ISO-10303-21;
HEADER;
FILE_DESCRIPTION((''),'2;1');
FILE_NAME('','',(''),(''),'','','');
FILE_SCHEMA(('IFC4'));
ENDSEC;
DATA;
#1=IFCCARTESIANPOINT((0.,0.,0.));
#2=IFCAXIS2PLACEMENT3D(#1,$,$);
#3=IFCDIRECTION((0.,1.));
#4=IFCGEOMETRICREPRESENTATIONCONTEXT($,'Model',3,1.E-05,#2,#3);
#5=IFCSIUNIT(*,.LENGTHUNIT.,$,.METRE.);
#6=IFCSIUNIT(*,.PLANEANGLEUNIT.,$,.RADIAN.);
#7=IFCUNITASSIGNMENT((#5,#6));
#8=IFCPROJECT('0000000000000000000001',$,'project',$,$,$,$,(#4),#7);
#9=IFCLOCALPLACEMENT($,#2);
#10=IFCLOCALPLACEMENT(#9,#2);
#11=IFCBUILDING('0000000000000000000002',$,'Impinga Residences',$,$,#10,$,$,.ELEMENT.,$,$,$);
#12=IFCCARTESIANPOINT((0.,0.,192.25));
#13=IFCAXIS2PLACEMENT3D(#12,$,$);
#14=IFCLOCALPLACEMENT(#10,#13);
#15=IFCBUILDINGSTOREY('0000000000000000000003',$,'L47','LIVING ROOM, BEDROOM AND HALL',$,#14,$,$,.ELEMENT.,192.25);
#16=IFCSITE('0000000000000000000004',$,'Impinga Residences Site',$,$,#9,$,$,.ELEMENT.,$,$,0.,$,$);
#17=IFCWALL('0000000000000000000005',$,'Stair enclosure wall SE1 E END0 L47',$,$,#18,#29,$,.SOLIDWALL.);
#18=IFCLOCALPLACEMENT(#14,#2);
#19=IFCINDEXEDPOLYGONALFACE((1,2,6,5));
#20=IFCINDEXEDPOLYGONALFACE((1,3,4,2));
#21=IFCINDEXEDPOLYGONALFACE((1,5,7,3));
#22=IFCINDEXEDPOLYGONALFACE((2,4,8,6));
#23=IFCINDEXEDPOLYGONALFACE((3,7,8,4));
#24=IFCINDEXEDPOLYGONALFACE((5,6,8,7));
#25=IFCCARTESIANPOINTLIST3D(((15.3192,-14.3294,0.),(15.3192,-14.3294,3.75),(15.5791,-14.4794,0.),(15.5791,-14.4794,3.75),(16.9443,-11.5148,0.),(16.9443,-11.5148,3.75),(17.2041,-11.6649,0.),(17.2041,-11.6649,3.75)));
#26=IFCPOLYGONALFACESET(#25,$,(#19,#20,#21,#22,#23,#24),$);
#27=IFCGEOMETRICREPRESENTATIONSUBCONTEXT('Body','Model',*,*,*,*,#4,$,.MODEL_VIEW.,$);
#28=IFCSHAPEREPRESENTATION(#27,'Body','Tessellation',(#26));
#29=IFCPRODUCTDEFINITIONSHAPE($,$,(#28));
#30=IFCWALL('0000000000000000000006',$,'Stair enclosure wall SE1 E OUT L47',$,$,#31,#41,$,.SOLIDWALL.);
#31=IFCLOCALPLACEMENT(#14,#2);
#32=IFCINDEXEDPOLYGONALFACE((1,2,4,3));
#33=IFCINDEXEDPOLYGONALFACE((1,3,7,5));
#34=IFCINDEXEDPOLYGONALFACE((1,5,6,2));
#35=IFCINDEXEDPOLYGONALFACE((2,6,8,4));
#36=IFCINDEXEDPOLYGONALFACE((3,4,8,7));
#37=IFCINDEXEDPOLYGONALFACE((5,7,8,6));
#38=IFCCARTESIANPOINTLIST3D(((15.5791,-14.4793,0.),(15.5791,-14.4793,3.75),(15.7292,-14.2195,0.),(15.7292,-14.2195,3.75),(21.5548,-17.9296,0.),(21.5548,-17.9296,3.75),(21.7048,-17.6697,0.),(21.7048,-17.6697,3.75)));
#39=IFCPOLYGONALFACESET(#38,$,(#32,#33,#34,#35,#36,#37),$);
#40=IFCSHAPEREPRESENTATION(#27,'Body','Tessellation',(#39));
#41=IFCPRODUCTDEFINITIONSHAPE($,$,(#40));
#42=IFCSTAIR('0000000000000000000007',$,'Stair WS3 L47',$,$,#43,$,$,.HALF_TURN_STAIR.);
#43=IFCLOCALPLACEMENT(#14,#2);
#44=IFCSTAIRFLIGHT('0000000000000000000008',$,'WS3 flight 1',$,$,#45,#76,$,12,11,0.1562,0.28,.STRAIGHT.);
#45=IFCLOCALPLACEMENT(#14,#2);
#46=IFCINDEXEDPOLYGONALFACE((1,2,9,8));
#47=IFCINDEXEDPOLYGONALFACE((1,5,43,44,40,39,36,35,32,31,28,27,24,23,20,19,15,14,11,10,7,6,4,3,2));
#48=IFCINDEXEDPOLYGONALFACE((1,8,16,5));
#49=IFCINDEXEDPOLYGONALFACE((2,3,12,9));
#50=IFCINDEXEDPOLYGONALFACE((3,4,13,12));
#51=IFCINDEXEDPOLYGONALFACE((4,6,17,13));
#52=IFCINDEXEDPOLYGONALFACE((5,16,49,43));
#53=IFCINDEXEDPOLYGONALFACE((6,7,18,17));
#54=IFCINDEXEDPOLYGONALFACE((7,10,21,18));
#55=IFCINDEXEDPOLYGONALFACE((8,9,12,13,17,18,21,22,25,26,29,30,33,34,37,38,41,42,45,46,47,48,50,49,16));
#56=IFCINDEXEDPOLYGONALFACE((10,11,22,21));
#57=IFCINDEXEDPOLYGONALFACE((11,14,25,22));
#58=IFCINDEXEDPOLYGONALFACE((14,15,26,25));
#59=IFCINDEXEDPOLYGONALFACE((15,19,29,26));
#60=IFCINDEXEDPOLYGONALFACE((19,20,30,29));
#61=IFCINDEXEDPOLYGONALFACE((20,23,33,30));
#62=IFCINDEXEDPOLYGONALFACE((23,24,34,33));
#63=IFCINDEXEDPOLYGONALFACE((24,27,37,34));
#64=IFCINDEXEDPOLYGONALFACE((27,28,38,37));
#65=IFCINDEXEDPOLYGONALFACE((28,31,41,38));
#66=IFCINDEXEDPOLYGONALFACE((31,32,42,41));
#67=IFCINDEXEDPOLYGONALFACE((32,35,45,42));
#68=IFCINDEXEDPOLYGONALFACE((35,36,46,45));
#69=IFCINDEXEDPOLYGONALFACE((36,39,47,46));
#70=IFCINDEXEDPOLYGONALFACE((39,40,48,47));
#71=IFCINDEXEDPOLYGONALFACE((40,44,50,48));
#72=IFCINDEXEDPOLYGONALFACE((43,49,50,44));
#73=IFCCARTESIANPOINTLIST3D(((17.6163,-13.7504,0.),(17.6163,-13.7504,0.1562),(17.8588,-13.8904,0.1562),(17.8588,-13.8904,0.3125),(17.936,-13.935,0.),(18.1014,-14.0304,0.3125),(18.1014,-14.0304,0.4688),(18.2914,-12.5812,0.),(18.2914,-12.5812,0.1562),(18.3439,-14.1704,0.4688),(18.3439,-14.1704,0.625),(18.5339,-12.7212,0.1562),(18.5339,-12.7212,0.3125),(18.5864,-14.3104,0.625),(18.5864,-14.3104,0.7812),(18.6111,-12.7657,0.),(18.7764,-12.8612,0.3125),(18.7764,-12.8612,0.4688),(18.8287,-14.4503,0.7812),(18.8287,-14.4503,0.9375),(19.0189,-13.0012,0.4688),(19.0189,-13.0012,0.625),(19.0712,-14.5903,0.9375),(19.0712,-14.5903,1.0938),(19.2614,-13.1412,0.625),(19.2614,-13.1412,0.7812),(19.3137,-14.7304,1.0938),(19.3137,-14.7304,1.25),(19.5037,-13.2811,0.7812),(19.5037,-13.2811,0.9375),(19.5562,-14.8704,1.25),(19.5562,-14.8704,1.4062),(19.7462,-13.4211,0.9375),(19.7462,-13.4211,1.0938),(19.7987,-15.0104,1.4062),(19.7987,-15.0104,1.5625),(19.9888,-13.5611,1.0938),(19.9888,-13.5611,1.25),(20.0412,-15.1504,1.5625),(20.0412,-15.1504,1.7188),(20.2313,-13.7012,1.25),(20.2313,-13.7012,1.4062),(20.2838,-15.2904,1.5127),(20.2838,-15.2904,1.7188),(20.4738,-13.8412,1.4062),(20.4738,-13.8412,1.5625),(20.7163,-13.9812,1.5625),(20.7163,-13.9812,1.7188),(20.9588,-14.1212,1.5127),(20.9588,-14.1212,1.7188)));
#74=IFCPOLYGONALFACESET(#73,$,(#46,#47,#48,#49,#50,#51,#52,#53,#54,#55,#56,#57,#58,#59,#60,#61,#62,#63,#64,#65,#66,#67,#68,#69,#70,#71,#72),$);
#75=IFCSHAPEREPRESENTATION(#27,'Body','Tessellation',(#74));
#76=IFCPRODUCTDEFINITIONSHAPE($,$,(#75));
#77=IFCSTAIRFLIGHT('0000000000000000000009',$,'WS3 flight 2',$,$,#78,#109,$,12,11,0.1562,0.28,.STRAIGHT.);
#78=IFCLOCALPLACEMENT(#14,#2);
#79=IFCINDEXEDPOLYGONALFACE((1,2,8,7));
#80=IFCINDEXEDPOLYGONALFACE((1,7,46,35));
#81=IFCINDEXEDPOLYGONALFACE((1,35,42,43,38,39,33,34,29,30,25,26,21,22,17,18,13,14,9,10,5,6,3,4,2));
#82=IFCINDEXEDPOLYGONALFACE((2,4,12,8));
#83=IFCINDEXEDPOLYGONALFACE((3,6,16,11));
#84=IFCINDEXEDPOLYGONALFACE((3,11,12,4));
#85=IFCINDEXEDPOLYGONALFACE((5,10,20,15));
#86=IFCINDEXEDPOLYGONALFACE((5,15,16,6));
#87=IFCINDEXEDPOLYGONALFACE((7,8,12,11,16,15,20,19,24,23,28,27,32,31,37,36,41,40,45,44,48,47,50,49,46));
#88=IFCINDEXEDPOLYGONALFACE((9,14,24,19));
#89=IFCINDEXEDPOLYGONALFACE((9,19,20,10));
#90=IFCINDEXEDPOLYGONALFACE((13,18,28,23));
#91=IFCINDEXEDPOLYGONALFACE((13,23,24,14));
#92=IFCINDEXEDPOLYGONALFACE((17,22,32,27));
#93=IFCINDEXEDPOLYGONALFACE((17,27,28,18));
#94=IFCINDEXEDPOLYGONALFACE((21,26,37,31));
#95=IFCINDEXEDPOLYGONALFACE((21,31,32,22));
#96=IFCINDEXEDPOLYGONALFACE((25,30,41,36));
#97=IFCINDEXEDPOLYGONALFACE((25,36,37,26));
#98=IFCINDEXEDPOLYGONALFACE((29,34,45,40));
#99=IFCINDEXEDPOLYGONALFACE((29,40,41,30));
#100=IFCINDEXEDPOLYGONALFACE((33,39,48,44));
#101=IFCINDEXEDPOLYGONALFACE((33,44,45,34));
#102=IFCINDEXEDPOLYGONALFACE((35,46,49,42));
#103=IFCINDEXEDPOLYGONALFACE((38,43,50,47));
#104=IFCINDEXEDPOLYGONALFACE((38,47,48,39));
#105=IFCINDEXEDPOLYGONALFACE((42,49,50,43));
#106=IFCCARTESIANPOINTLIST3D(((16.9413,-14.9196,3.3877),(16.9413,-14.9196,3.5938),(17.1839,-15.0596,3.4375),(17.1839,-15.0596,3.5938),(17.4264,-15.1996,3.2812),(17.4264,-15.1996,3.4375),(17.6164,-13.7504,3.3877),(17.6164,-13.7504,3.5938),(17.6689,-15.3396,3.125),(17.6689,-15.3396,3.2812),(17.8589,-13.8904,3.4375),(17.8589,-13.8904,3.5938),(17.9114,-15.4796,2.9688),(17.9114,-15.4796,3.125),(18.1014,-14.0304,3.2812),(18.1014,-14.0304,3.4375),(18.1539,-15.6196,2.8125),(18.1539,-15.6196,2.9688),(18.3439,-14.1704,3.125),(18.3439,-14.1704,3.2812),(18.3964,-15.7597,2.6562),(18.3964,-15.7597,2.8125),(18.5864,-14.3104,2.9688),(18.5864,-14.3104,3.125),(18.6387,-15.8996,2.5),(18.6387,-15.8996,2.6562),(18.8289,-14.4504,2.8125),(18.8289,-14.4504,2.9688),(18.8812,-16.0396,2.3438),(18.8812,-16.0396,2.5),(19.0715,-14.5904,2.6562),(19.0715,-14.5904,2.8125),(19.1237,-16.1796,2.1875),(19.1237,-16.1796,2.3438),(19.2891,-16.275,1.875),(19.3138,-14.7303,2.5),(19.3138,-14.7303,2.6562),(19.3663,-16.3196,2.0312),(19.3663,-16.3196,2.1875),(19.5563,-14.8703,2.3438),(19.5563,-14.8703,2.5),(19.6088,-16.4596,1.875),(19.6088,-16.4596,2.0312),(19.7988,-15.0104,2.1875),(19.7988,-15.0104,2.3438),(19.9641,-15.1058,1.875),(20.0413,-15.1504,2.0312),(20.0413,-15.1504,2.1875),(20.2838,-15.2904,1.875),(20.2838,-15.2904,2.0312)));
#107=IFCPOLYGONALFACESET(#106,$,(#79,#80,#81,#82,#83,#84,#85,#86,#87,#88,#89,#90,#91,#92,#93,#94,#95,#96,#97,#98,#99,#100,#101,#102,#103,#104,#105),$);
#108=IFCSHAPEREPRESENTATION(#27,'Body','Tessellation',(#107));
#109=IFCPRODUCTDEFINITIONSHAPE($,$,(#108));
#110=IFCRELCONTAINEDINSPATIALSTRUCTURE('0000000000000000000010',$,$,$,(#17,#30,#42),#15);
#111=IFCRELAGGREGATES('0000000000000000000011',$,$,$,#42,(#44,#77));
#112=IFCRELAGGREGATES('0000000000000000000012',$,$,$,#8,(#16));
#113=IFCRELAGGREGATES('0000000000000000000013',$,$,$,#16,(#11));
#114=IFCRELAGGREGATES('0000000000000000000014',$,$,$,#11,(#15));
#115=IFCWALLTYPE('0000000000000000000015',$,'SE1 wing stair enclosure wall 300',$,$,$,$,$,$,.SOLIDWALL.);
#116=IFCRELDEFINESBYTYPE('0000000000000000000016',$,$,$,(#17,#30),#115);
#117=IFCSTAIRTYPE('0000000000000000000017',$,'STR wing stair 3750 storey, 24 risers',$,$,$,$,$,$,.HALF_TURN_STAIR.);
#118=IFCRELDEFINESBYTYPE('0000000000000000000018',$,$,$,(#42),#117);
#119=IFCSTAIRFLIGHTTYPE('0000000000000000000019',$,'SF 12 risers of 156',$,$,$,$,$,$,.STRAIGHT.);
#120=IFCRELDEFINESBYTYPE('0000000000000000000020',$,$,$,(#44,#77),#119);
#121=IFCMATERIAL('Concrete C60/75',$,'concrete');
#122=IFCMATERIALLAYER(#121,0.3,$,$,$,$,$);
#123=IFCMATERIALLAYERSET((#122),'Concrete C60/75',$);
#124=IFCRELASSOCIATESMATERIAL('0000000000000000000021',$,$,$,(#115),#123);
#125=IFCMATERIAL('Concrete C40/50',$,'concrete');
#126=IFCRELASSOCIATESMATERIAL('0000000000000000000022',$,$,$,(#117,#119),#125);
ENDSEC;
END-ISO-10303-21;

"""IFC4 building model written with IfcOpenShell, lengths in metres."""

from ifc_helpers import new_model, si_unit, direction, frame, frame_2d, origin, place, context, subcontext, project, spatial, polyline, rectangle, outline, extrude, material, layer, layer_set, type_object, element, aggregate, save


model = new_model("IFC4")

# Units and contexts
model_context = context("Model", 3, precision=1e-05, world=origin(), true_north=direction((0.0, 1.0)))
body_context = subcontext(model_context, "Body", "Model", "MODEL_VIEW")
ifc_project = project(units=[si_unit("LENGTHUNIT", "METRE"), si_unit("PLANEANGLEUNIT", "RADIAN")], contexts=[model_context])

# Site, building, storey
site_placement = place(None, origin())
site = spatial("IfcSite", under=ifc_project, at=site_placement, Name="Impinga Residences Site", CompositionType="ELEMENT", RefElevation=0.0)
building_placement = place(site_placement, origin())
building = spatial("IfcBuilding", under=site, at=building_placement, Name="Impinga Residences", CompositionType="ELEMENT")
storey_placement = place(building_placement, frame((0.0, 0.0, 192.25)))
storey = spatial("IfcBuildingStorey", under=building, at=storey_placement, Name="L47", Description="LIVING ROOM, BEDROOM AND HALL", CompositionType="ELEMENT", Elevation=192.25)

# Shared definitions
ifc_material_1 = material(Name="Concrete C60/75", Category="concrete")

# Walls
ifc_layer_1 = layer(ifc_material_1, 0.3)
ifc_layer_set_1 = layer_set([ifc_layer_1], Name="Concrete C60/75")
wall_type_1 = type_object("IfcWallType", Name="SE1 wing stair enclosure wall 300", PredefinedType="SOLIDWALL", material=ifc_layer_set_1)
wall_1_placement = place(storey_placement, frame((17.0742, -11.5898, 0.0), z_axis=(0.0, 0.0, 1.0), x_axis=(-0.500017, -0.866015, 0.0)))
element("IfcWall", 1, at=wall_1_placement, inside=storey, type_object=wall_type_1, Name="Stair enclosure wall SE1 E END0 L47", PredefinedType="SOLIDWALL", context=body_context, shape_type="SweptSolid", body=[
    extrude(rectangle(XDim=3.25, YDim=0.3, at=frame_2d((1.625, 0.0))), origin(), (0.0, 0.0, 1.0), 3.75),
])
wall_2_placement = place(storey_placement, frame((15.6541, -14.3494, 0.0), z_axis=(0.0, 0.0, 1.0), x_axis=(0.866014, -0.500021, 0.0)))
element("IfcWall", 2, at=wall_2_placement, inside=storey, type_object=wall_type_1, Name="Stair enclosure wall SE1 E OUT L47", PredefinedType="SOLIDWALL", context=body_context, shape_type="SweptSolid", body=[
    extrude(rectangle(XDim=6.9001, YDim=0.3, at=frame_2d((3.4502, 0.0))), origin(), (0.0, 0.0, 1.0), 3.75),
])

# Stair, stair flights
ifc_material_2 = material(Name="Concrete C40/50", Category="concrete")
stair_type = type_object("IfcStairType", Name="STR wing stair 3750 storey, 24 risers", PredefinedType="HALF_TURN_STAIR", material=ifc_material_2)
stair_placement = place(storey_placement, origin())
stair = element("IfcStair", 3, at=stair_placement, inside=storey, type_object=stair_type, Name="Stair WS3 L47", PredefinedType="HALF_TURN_STAIR")
stair_flight_type = type_object("IfcStairFlightType", Name="SF 12 risers of 156", PredefinedType="STRAIGHT", material=ifc_material_2)
stair_flight_1_placement = place(storey_placement, frame((17.9539, -13.1658, 0.0), z_axis=(0.0, 0.0, 1.0), x_axis=(0.866025, -0.5, 0.0)))
stair_flight_1 = element("IfcStairFlight", 4, at=stair_flight_1_placement, type_object=stair_flight_type, Name="WS3 flight 1", NumberOfRisers=12, NumberOfTreads=11, PredefinedType="STRAIGHT", RiserHeight=0.1562, TreadLength=0.28, context=body_context, shape_type="SweptSolid", body=[
    extrude(outline(polyline([(0.0, 0.0), (0.0, 0.1562), (0.28, 0.1562), (0.28, 0.3125), (0.5601, 0.3125), (0.5601, 0.4688), (0.8401, 0.4688), (0.8401, 0.625), (1.1201, 0.625), (1.1201, 0.7812), (1.3999, 0.7812), (1.3999, 0.9375), (1.6799, 0.9375), (1.6799, 1.0938), (1.96, 1.0938), (1.96, 1.25), (2.24, 1.25), (2.24, 1.4062), (2.52, 1.4062), (2.52, 1.5625), (2.8, 1.5625), (2.8, 1.7188), (3.0801, 1.7188), (3.0801, 1.875), (3.0801, 1.5127), (0.3691, 0.0), (0.0, 0.0)])), frame((0.0, 0.675, 0.0), z_axis=(0.0, -1.0, 0.0), x_axis=(1.0, 0.0, 0.0)), (0.0, 0.0, 1.0), 1.3501),
])
stair_flight_2_placement = place(storey_placement, frame((19.9463, -15.875, 1.875), z_axis=(0.0, 0.0, 1.0), x_axis=(-0.866025, 0.5, 0.0)))
stair_flight_2 = element("IfcStairFlight", 5, at=stair_flight_2_placement, type_object=stair_flight_type, Name="WS3 flight 2", NumberOfRisers=12, NumberOfTreads=11, PredefinedType="STRAIGHT", RiserHeight=0.1562, TreadLength=0.28, context=body_context, shape_type="SweptSolid", body=[
    extrude(outline(polyline([(0.0, 0.0), (0.0, 0.1562), (0.28, 0.1562), (0.28, 0.3125), (0.5601, 0.3125), (0.5601, 0.4688), (0.8401, 0.4688), (0.8401, 0.625), (1.1201, 0.625), (1.1201, 0.7812), (1.3999, 0.7812), (1.3999, 0.9375), (1.6799, 0.9375), (1.6799, 1.0938), (1.96, 1.0938), (1.96, 1.25), (2.24, 1.25), (2.24, 1.4062), (2.52, 1.4062), (2.52, 1.5625), (2.8, 1.5625), (2.8, 1.7188), (3.0801, 1.7188), (3.0801, 1.875), (3.0801, 1.5127), (0.3691, 0.0), (0.0, 0.0)])), frame((0.0, 0.675, 0.0), z_axis=(0.0, -1.0, 0.0), x_axis=(1.0, 0.0, 0.0)), (0.0, 0.0, 1.0), 1.3501),
])
aggregate(stair, [stair_flight_1, stair_flight_2])

save(model, "model.ifc")
